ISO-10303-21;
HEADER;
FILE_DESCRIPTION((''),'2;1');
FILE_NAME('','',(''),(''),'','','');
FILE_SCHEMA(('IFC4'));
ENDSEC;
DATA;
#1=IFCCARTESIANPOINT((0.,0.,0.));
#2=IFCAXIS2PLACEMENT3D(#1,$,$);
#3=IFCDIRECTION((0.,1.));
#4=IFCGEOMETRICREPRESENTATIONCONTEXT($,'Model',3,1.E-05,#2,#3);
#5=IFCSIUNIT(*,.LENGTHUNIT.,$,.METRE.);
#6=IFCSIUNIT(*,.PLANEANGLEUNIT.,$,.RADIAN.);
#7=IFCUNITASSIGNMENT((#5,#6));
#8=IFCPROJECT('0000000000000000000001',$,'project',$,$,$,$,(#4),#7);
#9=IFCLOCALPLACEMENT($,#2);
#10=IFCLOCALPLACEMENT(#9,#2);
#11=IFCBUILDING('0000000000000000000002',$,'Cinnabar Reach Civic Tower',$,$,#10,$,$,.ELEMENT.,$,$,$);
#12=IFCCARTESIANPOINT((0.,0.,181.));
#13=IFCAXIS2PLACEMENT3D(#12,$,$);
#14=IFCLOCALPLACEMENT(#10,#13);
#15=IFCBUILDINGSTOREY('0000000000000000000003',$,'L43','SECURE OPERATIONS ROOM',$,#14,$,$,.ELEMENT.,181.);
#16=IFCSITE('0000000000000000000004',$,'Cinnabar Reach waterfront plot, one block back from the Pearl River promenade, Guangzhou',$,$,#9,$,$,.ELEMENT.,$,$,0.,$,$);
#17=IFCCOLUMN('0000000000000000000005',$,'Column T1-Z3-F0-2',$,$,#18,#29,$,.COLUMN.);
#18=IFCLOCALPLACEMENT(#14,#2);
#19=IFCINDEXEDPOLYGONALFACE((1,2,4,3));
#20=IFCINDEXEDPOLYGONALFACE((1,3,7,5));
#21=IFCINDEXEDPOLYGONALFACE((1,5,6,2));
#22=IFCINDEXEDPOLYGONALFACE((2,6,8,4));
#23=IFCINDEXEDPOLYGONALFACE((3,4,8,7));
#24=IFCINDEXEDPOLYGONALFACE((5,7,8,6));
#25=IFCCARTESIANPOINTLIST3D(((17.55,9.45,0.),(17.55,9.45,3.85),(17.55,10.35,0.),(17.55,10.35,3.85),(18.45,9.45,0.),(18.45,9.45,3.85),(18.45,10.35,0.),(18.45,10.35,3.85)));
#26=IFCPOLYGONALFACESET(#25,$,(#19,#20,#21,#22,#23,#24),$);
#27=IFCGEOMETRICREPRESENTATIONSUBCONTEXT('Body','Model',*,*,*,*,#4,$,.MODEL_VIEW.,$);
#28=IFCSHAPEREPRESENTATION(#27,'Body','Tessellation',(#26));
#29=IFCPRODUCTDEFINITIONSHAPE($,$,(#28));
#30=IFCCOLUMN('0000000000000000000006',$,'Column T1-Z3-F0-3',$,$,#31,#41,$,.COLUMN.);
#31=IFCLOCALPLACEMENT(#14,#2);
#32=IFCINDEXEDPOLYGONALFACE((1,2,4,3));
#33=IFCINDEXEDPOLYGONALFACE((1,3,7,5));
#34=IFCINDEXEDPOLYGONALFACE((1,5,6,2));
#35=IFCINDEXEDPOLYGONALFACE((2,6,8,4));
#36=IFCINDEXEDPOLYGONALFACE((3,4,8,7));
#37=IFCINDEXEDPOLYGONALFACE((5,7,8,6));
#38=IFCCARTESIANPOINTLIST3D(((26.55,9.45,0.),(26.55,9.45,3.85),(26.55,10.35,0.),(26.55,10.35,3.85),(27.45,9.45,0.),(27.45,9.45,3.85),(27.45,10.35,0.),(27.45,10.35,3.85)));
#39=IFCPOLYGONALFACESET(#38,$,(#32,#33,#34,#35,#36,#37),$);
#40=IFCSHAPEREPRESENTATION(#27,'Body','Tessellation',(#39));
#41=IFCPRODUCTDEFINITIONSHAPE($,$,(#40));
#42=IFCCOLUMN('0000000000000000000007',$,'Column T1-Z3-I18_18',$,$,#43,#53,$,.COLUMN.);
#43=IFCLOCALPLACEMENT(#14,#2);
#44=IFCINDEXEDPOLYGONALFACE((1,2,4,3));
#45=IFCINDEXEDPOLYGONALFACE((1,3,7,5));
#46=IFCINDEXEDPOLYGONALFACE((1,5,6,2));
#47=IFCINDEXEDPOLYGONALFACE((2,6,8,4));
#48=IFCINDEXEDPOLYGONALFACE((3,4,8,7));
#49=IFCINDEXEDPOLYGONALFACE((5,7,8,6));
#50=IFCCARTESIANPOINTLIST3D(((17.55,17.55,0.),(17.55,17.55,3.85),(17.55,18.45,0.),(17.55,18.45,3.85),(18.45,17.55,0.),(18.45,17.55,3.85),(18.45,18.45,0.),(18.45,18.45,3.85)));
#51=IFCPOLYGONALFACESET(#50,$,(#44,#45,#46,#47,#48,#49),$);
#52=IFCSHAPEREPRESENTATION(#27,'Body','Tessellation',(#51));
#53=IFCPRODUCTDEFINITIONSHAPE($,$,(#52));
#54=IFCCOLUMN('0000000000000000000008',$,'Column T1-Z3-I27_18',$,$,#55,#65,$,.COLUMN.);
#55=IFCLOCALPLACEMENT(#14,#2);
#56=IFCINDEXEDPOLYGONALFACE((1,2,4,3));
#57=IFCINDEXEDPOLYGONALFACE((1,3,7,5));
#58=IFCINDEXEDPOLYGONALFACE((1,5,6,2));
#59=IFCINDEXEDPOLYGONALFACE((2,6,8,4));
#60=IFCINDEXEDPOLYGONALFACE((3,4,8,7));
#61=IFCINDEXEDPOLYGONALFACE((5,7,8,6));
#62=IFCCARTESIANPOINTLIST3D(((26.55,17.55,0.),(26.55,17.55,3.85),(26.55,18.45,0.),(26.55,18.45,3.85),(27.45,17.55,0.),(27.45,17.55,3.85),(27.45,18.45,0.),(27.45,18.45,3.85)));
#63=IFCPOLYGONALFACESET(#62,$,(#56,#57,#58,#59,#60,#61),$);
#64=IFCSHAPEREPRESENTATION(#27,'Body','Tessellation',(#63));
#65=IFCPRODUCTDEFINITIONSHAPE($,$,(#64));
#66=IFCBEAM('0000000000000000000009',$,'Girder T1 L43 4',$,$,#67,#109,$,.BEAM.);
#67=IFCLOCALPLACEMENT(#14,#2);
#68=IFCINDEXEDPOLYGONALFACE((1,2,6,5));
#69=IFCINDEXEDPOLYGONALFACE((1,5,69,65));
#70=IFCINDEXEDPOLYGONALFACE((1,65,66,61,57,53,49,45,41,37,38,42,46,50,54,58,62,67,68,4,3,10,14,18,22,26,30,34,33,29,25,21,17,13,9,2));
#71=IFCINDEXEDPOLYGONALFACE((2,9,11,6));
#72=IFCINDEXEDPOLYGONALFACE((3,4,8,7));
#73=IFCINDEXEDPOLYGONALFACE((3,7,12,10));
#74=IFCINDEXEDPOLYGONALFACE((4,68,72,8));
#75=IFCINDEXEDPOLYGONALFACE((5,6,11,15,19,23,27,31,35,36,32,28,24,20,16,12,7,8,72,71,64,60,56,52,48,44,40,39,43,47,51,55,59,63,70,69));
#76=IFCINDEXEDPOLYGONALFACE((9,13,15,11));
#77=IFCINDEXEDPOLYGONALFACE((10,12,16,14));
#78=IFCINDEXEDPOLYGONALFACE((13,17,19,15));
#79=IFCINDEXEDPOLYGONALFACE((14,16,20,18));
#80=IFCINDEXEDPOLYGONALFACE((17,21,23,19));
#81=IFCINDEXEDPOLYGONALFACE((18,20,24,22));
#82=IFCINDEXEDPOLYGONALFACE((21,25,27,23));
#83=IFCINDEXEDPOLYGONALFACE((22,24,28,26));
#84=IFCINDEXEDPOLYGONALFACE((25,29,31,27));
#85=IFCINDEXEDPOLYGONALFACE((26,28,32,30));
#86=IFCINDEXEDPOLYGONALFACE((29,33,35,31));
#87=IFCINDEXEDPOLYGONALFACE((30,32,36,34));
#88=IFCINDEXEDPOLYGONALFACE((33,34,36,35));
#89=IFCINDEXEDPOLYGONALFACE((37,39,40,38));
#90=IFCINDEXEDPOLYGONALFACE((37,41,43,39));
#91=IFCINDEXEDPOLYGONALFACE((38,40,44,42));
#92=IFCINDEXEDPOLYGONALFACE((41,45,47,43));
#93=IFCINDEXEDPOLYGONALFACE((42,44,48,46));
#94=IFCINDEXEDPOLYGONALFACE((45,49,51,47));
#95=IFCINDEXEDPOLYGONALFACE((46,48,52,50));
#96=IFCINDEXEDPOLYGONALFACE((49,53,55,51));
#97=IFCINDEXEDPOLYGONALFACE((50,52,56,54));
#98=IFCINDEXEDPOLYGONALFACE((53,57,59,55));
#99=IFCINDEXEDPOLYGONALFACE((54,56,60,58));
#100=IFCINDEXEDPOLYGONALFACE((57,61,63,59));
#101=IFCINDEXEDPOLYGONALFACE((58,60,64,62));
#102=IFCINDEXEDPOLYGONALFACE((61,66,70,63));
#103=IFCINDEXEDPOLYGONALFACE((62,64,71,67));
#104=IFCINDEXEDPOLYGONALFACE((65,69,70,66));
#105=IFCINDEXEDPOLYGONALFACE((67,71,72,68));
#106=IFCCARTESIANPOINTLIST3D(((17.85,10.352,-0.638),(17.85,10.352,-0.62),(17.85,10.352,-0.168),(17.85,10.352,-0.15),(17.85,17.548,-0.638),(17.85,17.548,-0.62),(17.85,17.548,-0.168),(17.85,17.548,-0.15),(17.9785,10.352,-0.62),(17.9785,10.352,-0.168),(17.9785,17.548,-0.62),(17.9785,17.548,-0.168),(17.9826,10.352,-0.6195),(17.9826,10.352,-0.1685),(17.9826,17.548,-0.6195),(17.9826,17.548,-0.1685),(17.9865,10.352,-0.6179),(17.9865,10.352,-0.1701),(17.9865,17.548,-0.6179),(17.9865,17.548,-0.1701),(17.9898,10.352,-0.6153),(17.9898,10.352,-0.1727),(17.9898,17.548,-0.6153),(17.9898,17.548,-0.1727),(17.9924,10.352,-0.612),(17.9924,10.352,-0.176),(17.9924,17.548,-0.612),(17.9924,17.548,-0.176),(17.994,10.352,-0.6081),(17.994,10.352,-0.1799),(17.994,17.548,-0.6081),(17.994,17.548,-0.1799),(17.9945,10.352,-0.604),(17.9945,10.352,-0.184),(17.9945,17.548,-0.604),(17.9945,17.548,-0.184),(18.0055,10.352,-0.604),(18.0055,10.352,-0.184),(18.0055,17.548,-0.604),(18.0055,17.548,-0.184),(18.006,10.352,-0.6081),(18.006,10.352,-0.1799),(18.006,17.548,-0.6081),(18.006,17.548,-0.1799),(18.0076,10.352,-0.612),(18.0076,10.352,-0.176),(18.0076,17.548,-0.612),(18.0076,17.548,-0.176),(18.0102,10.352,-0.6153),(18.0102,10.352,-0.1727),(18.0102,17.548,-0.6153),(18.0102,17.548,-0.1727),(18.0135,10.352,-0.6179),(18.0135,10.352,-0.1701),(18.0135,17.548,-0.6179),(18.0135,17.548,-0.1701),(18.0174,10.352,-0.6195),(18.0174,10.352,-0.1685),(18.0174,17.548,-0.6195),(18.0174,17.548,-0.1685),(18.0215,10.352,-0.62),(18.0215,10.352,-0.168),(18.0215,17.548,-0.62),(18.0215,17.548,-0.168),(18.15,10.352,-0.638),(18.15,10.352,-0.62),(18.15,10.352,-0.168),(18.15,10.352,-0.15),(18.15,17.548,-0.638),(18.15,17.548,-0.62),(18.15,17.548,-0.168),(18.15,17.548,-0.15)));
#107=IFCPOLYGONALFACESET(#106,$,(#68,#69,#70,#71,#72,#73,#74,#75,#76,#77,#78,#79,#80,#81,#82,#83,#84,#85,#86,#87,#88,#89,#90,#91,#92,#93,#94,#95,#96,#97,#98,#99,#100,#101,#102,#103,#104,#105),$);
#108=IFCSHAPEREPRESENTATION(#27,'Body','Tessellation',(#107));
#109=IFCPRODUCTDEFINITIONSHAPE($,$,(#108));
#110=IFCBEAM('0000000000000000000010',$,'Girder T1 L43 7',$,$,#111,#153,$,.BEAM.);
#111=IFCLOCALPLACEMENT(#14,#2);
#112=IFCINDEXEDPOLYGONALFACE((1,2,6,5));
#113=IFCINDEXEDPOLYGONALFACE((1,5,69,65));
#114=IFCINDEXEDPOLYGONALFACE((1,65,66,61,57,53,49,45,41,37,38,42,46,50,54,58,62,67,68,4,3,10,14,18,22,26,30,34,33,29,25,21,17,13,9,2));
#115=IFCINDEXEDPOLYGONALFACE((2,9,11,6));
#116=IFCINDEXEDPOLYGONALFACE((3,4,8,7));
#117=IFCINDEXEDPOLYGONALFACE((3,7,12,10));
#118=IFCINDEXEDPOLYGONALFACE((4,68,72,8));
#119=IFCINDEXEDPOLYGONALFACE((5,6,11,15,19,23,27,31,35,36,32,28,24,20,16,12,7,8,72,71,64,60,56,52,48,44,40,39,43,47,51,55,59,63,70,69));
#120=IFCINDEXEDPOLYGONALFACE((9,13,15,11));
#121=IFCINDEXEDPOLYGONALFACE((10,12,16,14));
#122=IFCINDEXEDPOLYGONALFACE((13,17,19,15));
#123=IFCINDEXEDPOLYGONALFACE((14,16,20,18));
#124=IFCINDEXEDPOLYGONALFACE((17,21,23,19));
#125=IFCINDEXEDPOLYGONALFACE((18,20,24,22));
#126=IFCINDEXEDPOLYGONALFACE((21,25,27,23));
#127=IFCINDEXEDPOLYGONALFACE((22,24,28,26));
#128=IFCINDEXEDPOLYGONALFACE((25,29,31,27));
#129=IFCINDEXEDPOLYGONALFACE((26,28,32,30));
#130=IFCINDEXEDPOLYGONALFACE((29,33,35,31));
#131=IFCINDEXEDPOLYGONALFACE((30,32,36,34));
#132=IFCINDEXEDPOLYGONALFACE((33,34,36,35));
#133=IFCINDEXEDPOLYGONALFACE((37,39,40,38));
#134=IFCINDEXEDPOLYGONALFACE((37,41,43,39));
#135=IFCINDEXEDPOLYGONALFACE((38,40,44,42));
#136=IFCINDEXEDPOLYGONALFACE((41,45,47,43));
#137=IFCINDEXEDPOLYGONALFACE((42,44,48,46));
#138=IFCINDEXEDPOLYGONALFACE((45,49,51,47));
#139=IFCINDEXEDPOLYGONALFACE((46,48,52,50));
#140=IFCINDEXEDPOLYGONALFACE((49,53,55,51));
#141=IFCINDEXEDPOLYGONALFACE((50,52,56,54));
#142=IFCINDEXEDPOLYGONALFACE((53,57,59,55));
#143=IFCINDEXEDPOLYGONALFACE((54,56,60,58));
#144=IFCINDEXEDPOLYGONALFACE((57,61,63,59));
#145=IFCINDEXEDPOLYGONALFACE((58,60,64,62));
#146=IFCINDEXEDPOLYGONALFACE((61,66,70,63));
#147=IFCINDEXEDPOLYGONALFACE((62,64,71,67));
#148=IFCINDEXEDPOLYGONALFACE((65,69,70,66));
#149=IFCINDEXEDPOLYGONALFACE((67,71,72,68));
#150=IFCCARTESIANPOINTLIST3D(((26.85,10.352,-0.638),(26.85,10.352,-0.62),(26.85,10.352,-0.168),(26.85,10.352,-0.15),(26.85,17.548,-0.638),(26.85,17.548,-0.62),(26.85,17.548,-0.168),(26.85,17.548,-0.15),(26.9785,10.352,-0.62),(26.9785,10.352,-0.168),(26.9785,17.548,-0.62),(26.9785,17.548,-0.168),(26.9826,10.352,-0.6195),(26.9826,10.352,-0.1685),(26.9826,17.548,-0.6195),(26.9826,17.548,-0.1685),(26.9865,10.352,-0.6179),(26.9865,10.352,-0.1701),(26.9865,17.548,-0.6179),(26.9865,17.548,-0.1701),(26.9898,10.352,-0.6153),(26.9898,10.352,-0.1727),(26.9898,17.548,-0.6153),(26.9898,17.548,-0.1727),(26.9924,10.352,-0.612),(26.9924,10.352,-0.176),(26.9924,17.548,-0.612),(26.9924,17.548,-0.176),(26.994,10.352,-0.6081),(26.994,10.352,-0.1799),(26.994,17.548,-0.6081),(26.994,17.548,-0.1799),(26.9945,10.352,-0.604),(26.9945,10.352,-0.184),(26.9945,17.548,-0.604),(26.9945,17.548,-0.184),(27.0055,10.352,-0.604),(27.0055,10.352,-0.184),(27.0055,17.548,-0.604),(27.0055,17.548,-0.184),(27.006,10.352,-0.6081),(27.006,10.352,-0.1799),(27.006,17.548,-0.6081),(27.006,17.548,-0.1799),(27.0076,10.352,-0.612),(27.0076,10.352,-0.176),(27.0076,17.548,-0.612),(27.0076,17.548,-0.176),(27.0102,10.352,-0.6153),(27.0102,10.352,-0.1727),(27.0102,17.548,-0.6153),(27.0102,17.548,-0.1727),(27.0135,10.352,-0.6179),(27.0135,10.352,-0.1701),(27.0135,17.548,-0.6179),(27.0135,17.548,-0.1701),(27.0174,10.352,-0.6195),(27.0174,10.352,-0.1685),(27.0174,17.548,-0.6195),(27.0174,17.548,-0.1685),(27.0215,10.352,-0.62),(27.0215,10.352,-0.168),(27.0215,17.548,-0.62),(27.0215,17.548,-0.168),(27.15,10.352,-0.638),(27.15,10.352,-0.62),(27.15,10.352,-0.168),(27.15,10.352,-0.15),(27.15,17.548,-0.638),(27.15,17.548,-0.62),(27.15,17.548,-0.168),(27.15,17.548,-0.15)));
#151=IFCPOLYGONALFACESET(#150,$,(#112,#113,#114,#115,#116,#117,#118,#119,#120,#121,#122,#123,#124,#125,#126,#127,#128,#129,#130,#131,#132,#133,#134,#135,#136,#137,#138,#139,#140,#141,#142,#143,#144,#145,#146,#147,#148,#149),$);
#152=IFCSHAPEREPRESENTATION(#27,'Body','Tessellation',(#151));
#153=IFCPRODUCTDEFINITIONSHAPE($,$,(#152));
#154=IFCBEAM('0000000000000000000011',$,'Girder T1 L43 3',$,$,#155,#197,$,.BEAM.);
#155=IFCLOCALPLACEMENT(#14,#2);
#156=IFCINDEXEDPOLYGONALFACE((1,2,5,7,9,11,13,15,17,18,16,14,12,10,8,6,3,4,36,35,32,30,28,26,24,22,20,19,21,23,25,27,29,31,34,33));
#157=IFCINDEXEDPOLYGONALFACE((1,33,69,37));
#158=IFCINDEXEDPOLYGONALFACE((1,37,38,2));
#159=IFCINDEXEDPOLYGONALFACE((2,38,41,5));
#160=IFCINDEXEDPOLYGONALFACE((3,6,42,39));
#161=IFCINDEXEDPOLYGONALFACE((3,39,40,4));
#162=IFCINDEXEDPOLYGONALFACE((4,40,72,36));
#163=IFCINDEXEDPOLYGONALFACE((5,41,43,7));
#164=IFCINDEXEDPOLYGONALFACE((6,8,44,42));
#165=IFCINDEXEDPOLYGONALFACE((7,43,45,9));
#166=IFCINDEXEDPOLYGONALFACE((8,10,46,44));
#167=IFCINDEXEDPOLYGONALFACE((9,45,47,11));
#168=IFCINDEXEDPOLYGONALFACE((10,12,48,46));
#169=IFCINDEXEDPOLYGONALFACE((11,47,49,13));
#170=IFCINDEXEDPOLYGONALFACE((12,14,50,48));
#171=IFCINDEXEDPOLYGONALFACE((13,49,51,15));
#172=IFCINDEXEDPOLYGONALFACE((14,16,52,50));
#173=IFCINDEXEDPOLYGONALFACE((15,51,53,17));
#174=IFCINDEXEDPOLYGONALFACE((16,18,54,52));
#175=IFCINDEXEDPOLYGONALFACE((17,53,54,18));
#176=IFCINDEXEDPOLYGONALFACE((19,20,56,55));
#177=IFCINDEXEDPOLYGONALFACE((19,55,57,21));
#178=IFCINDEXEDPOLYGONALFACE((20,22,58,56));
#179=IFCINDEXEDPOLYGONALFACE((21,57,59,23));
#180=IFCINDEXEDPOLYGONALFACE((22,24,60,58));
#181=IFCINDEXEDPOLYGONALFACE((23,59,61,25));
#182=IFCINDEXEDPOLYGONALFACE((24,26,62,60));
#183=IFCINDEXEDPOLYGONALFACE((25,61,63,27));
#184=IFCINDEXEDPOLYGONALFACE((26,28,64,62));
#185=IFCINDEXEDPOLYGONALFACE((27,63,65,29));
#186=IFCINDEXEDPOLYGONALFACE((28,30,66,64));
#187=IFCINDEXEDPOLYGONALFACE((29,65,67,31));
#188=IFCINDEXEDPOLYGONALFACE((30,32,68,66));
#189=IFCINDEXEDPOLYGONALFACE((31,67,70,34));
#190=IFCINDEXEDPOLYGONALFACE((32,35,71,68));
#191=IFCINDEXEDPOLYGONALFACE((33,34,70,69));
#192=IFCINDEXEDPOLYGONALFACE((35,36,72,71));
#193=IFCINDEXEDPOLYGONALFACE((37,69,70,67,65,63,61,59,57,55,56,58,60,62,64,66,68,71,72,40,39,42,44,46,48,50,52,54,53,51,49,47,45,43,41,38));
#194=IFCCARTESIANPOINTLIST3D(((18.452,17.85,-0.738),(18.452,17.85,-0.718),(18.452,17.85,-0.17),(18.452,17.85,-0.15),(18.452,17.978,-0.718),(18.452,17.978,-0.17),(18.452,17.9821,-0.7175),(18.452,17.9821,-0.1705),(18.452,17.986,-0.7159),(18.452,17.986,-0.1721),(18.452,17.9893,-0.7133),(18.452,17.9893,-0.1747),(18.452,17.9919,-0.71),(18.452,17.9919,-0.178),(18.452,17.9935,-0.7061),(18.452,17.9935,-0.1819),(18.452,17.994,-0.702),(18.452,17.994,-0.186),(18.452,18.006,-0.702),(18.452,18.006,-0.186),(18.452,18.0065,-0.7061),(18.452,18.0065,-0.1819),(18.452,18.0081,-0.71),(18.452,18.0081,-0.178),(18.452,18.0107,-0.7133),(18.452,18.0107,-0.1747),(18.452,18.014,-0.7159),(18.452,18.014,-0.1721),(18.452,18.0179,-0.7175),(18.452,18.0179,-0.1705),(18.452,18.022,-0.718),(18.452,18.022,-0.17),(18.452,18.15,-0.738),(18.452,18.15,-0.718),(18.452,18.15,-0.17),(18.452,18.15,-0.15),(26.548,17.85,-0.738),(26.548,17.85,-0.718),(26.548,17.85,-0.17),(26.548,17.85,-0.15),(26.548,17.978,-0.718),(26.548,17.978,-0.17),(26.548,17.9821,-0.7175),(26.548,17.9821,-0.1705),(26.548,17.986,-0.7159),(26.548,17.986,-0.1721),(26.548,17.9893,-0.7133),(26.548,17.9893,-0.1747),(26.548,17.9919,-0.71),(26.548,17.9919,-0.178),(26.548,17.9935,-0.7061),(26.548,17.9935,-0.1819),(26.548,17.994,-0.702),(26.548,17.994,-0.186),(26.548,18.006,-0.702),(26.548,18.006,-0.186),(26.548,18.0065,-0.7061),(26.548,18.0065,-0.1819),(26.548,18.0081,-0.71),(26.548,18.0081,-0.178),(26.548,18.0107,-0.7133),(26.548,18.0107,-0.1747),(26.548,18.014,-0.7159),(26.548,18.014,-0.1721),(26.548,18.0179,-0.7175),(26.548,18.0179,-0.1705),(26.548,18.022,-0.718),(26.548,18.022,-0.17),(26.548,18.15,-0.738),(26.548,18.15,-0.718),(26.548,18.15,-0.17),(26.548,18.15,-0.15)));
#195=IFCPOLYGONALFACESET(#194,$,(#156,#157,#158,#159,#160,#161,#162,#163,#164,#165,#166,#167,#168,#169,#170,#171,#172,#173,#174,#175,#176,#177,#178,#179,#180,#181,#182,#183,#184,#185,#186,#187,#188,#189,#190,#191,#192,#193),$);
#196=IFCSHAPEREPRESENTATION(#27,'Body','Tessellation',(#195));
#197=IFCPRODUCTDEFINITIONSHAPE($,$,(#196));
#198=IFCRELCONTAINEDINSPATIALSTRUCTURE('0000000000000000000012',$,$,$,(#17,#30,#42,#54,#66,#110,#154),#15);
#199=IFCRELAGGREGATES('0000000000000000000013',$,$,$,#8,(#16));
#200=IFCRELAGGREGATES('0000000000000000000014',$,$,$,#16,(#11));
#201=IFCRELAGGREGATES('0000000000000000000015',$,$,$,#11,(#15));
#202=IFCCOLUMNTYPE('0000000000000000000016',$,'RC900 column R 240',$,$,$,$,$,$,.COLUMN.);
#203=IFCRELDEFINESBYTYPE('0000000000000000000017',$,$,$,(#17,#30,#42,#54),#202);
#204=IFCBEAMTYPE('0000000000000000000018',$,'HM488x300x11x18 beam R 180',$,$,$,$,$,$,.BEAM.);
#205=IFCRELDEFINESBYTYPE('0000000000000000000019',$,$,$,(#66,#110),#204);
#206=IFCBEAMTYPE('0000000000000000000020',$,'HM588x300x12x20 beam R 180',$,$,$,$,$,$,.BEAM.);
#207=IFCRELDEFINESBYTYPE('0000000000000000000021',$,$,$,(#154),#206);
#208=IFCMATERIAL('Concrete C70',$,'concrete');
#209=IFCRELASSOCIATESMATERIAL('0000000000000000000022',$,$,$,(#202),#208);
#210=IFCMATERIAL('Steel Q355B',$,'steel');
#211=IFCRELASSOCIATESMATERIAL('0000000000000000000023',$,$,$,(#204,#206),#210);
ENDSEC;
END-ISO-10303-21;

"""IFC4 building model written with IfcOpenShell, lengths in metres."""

from ifc_helpers import new_model, si_unit, direction, frame, origin, origin_2d, place, context, subcontext, project, spatial, rectangle, i_section, extrude, material, material_profile, profile_set, type_object, element, save


model = new_model("IFC4")

# Units and contexts
model_context = context("Model", 3, precision=1e-05, world=origin(), true_north=direction((0.0, 1.0)))
body_context = subcontext(model_context, "Body", "Model", "MODEL_VIEW")
ifc_project = project(units=[si_unit("LENGTHUNIT", "METRE"), si_unit("PLANEANGLEUNIT", "RADIAN")], contexts=[model_context])

# Site, building, storey
site_placement = place(None, origin())
site = spatial("IfcSite", under=ifc_project, at=site_placement, Name="Cinnabar Reach waterfront plot, one block back from the Pearl River promenade, Guangzhou", CompositionType="ELEMENT", RefElevation=0.0)
building_placement = place(site_placement, origin())
building = spatial("IfcBuilding", under=site, at=building_placement, Name="Cinnabar Reach Civic Tower", CompositionType="ELEMENT")
storey_placement = place(building_placement, frame((0.0, 0.0, 181.0)))
storey = spatial("IfcBuildingStorey", under=building, at=storey_placement, Name="L43", Description="SECURE OPERATIONS ROOM", CompositionType="ELEMENT", Elevation=181.0)

# Columns
ifc_material_1 = material(Name="Concrete C70", Category="concrete")
ifc_material_profile_1 = material_profile(ifc_material_1, rectangle(XDim=0.9, YDim=0.9, at=origin_2d()), Name="RC900")
ifc_profile_set_1 = profile_set([ifc_material_profile_1], Name="Concrete C70")
column_type = type_object("IfcColumnType", Name="RC900 column R 240", PredefinedType="COLUMN", material=ifc_profile_set_1)
for number, where, z_axis, x_axis, name in (
    (1, (18.0, 9.9, 0.0), (0.0, 0.0, 1.0), (1.0, 0.0, 0.0), "Column T1-Z3-F0-2"),
    (2, (27.0, 9.9, 0.0), (0.0, 0.0, 1.0), (1.0, 0.0, 0.0), "Column T1-Z3-F0-3"),
    (3, (18.0, 18.0, 0.0), (0.0, 0.0, 1.0), (1.0, 0.0, 0.0), "Column T1-Z3-I18_18"),
    (4, (27.0, 18.0, 0.0), (0.0, 0.0, 1.0), (1.0, 0.0, 0.0), "Column T1-Z3-I27_18"),
):
    element("IfcColumn", number, at=place(storey_placement, frame(where, z_axis=z_axis, x_axis=x_axis)), inside=storey, type_object=column_type, Name=name, PredefinedType="COLUMN", context=body_context, shape_type="SweptSolid", body=[
        extrude(rectangle(XDim=0.9, YDim=0.9, at=origin_2d()), origin(), (0.0, 0.0, 1.0), 3.85),
    ])

# Beams
ifc_material_2 = material(Name="Steel Q355B", Category="steel")
ifc_material_profile_2 = material_profile(ifc_material_2, i_section(OverallWidth=0.3, OverallDepth=0.488, WebThickness=0.011, FlangeThickness=0.018, FilletRadius=0.016, at=origin_2d()), Name="HM488x300x11x18")
ifc_profile_set_2 = profile_set([ifc_material_profile_2], Name="Steel Q355B")
beam_type_1 = type_object("IfcBeamType", Name="HM488x300x11x18 beam R 180", PredefinedType="BEAM", material=ifc_profile_set_2)
for number, where, z_axis, x_axis, name in (
    (5, (18.0, 10.352, -0.394), (0.0, 1.0, 0.0), (-1.0, 0.0, 0.0), "Girder T1 L43 4"),
    (6, (27.0, 10.352, -0.394), (0.0, 1.0, 0.0), (-1.0, 0.0, 0.0), "Girder T1 L43 7"),
):
    element("IfcBeam", number, at=place(storey_placement, frame(where, z_axis=z_axis, x_axis=x_axis)), inside=storey, type_object=beam_type_1, Name=name, PredefinedType="BEAM", context=body_context, shape_type="SweptSolid", body=[
        extrude(i_section(OverallWidth=0.3, OverallDepth=0.488, WebThickness=0.011, FlangeThickness=0.018, FilletRadius=0.016, at=origin_2d()), origin(), (0.0, 0.0, 1.0), 7.196),
    ])
ifc_material_profile_3 = material_profile(ifc_material_2, i_section(OverallWidth=0.3, OverallDepth=0.588, WebThickness=0.012, FlangeThickness=0.02, FilletRadius=0.016, at=origin_2d()), Name="HM588x300x12x20")
ifc_profile_set_3 = profile_set([ifc_material_profile_3], Name="Steel Q355B")
beam_type_2 = type_object("IfcBeamType", Name="HM588x300x12x20 beam R 180", PredefinedType="BEAM", material=ifc_profile_set_3)
beam_1_placement = place(storey_placement, frame((18.452, 18.0, -0.444), z_axis=(1.0, 0.0, 0.0), x_axis=(0.0, 1.0, 0.0)))
element("IfcBeam", 7, at=beam_1_placement, inside=storey, type_object=beam_type_2, Name="Girder T1 L43 3", PredefinedType="BEAM", context=body_context, shape_type="SweptSolid", body=[
    extrude(i_section(OverallWidth=0.3, OverallDepth=0.588, WebThickness=0.012, FlangeThickness=0.02, FilletRadius=0.016, at=origin_2d()), origin(), (0.0, 0.0, 1.0), 8.096),
])

save(model, "model.ifc")
